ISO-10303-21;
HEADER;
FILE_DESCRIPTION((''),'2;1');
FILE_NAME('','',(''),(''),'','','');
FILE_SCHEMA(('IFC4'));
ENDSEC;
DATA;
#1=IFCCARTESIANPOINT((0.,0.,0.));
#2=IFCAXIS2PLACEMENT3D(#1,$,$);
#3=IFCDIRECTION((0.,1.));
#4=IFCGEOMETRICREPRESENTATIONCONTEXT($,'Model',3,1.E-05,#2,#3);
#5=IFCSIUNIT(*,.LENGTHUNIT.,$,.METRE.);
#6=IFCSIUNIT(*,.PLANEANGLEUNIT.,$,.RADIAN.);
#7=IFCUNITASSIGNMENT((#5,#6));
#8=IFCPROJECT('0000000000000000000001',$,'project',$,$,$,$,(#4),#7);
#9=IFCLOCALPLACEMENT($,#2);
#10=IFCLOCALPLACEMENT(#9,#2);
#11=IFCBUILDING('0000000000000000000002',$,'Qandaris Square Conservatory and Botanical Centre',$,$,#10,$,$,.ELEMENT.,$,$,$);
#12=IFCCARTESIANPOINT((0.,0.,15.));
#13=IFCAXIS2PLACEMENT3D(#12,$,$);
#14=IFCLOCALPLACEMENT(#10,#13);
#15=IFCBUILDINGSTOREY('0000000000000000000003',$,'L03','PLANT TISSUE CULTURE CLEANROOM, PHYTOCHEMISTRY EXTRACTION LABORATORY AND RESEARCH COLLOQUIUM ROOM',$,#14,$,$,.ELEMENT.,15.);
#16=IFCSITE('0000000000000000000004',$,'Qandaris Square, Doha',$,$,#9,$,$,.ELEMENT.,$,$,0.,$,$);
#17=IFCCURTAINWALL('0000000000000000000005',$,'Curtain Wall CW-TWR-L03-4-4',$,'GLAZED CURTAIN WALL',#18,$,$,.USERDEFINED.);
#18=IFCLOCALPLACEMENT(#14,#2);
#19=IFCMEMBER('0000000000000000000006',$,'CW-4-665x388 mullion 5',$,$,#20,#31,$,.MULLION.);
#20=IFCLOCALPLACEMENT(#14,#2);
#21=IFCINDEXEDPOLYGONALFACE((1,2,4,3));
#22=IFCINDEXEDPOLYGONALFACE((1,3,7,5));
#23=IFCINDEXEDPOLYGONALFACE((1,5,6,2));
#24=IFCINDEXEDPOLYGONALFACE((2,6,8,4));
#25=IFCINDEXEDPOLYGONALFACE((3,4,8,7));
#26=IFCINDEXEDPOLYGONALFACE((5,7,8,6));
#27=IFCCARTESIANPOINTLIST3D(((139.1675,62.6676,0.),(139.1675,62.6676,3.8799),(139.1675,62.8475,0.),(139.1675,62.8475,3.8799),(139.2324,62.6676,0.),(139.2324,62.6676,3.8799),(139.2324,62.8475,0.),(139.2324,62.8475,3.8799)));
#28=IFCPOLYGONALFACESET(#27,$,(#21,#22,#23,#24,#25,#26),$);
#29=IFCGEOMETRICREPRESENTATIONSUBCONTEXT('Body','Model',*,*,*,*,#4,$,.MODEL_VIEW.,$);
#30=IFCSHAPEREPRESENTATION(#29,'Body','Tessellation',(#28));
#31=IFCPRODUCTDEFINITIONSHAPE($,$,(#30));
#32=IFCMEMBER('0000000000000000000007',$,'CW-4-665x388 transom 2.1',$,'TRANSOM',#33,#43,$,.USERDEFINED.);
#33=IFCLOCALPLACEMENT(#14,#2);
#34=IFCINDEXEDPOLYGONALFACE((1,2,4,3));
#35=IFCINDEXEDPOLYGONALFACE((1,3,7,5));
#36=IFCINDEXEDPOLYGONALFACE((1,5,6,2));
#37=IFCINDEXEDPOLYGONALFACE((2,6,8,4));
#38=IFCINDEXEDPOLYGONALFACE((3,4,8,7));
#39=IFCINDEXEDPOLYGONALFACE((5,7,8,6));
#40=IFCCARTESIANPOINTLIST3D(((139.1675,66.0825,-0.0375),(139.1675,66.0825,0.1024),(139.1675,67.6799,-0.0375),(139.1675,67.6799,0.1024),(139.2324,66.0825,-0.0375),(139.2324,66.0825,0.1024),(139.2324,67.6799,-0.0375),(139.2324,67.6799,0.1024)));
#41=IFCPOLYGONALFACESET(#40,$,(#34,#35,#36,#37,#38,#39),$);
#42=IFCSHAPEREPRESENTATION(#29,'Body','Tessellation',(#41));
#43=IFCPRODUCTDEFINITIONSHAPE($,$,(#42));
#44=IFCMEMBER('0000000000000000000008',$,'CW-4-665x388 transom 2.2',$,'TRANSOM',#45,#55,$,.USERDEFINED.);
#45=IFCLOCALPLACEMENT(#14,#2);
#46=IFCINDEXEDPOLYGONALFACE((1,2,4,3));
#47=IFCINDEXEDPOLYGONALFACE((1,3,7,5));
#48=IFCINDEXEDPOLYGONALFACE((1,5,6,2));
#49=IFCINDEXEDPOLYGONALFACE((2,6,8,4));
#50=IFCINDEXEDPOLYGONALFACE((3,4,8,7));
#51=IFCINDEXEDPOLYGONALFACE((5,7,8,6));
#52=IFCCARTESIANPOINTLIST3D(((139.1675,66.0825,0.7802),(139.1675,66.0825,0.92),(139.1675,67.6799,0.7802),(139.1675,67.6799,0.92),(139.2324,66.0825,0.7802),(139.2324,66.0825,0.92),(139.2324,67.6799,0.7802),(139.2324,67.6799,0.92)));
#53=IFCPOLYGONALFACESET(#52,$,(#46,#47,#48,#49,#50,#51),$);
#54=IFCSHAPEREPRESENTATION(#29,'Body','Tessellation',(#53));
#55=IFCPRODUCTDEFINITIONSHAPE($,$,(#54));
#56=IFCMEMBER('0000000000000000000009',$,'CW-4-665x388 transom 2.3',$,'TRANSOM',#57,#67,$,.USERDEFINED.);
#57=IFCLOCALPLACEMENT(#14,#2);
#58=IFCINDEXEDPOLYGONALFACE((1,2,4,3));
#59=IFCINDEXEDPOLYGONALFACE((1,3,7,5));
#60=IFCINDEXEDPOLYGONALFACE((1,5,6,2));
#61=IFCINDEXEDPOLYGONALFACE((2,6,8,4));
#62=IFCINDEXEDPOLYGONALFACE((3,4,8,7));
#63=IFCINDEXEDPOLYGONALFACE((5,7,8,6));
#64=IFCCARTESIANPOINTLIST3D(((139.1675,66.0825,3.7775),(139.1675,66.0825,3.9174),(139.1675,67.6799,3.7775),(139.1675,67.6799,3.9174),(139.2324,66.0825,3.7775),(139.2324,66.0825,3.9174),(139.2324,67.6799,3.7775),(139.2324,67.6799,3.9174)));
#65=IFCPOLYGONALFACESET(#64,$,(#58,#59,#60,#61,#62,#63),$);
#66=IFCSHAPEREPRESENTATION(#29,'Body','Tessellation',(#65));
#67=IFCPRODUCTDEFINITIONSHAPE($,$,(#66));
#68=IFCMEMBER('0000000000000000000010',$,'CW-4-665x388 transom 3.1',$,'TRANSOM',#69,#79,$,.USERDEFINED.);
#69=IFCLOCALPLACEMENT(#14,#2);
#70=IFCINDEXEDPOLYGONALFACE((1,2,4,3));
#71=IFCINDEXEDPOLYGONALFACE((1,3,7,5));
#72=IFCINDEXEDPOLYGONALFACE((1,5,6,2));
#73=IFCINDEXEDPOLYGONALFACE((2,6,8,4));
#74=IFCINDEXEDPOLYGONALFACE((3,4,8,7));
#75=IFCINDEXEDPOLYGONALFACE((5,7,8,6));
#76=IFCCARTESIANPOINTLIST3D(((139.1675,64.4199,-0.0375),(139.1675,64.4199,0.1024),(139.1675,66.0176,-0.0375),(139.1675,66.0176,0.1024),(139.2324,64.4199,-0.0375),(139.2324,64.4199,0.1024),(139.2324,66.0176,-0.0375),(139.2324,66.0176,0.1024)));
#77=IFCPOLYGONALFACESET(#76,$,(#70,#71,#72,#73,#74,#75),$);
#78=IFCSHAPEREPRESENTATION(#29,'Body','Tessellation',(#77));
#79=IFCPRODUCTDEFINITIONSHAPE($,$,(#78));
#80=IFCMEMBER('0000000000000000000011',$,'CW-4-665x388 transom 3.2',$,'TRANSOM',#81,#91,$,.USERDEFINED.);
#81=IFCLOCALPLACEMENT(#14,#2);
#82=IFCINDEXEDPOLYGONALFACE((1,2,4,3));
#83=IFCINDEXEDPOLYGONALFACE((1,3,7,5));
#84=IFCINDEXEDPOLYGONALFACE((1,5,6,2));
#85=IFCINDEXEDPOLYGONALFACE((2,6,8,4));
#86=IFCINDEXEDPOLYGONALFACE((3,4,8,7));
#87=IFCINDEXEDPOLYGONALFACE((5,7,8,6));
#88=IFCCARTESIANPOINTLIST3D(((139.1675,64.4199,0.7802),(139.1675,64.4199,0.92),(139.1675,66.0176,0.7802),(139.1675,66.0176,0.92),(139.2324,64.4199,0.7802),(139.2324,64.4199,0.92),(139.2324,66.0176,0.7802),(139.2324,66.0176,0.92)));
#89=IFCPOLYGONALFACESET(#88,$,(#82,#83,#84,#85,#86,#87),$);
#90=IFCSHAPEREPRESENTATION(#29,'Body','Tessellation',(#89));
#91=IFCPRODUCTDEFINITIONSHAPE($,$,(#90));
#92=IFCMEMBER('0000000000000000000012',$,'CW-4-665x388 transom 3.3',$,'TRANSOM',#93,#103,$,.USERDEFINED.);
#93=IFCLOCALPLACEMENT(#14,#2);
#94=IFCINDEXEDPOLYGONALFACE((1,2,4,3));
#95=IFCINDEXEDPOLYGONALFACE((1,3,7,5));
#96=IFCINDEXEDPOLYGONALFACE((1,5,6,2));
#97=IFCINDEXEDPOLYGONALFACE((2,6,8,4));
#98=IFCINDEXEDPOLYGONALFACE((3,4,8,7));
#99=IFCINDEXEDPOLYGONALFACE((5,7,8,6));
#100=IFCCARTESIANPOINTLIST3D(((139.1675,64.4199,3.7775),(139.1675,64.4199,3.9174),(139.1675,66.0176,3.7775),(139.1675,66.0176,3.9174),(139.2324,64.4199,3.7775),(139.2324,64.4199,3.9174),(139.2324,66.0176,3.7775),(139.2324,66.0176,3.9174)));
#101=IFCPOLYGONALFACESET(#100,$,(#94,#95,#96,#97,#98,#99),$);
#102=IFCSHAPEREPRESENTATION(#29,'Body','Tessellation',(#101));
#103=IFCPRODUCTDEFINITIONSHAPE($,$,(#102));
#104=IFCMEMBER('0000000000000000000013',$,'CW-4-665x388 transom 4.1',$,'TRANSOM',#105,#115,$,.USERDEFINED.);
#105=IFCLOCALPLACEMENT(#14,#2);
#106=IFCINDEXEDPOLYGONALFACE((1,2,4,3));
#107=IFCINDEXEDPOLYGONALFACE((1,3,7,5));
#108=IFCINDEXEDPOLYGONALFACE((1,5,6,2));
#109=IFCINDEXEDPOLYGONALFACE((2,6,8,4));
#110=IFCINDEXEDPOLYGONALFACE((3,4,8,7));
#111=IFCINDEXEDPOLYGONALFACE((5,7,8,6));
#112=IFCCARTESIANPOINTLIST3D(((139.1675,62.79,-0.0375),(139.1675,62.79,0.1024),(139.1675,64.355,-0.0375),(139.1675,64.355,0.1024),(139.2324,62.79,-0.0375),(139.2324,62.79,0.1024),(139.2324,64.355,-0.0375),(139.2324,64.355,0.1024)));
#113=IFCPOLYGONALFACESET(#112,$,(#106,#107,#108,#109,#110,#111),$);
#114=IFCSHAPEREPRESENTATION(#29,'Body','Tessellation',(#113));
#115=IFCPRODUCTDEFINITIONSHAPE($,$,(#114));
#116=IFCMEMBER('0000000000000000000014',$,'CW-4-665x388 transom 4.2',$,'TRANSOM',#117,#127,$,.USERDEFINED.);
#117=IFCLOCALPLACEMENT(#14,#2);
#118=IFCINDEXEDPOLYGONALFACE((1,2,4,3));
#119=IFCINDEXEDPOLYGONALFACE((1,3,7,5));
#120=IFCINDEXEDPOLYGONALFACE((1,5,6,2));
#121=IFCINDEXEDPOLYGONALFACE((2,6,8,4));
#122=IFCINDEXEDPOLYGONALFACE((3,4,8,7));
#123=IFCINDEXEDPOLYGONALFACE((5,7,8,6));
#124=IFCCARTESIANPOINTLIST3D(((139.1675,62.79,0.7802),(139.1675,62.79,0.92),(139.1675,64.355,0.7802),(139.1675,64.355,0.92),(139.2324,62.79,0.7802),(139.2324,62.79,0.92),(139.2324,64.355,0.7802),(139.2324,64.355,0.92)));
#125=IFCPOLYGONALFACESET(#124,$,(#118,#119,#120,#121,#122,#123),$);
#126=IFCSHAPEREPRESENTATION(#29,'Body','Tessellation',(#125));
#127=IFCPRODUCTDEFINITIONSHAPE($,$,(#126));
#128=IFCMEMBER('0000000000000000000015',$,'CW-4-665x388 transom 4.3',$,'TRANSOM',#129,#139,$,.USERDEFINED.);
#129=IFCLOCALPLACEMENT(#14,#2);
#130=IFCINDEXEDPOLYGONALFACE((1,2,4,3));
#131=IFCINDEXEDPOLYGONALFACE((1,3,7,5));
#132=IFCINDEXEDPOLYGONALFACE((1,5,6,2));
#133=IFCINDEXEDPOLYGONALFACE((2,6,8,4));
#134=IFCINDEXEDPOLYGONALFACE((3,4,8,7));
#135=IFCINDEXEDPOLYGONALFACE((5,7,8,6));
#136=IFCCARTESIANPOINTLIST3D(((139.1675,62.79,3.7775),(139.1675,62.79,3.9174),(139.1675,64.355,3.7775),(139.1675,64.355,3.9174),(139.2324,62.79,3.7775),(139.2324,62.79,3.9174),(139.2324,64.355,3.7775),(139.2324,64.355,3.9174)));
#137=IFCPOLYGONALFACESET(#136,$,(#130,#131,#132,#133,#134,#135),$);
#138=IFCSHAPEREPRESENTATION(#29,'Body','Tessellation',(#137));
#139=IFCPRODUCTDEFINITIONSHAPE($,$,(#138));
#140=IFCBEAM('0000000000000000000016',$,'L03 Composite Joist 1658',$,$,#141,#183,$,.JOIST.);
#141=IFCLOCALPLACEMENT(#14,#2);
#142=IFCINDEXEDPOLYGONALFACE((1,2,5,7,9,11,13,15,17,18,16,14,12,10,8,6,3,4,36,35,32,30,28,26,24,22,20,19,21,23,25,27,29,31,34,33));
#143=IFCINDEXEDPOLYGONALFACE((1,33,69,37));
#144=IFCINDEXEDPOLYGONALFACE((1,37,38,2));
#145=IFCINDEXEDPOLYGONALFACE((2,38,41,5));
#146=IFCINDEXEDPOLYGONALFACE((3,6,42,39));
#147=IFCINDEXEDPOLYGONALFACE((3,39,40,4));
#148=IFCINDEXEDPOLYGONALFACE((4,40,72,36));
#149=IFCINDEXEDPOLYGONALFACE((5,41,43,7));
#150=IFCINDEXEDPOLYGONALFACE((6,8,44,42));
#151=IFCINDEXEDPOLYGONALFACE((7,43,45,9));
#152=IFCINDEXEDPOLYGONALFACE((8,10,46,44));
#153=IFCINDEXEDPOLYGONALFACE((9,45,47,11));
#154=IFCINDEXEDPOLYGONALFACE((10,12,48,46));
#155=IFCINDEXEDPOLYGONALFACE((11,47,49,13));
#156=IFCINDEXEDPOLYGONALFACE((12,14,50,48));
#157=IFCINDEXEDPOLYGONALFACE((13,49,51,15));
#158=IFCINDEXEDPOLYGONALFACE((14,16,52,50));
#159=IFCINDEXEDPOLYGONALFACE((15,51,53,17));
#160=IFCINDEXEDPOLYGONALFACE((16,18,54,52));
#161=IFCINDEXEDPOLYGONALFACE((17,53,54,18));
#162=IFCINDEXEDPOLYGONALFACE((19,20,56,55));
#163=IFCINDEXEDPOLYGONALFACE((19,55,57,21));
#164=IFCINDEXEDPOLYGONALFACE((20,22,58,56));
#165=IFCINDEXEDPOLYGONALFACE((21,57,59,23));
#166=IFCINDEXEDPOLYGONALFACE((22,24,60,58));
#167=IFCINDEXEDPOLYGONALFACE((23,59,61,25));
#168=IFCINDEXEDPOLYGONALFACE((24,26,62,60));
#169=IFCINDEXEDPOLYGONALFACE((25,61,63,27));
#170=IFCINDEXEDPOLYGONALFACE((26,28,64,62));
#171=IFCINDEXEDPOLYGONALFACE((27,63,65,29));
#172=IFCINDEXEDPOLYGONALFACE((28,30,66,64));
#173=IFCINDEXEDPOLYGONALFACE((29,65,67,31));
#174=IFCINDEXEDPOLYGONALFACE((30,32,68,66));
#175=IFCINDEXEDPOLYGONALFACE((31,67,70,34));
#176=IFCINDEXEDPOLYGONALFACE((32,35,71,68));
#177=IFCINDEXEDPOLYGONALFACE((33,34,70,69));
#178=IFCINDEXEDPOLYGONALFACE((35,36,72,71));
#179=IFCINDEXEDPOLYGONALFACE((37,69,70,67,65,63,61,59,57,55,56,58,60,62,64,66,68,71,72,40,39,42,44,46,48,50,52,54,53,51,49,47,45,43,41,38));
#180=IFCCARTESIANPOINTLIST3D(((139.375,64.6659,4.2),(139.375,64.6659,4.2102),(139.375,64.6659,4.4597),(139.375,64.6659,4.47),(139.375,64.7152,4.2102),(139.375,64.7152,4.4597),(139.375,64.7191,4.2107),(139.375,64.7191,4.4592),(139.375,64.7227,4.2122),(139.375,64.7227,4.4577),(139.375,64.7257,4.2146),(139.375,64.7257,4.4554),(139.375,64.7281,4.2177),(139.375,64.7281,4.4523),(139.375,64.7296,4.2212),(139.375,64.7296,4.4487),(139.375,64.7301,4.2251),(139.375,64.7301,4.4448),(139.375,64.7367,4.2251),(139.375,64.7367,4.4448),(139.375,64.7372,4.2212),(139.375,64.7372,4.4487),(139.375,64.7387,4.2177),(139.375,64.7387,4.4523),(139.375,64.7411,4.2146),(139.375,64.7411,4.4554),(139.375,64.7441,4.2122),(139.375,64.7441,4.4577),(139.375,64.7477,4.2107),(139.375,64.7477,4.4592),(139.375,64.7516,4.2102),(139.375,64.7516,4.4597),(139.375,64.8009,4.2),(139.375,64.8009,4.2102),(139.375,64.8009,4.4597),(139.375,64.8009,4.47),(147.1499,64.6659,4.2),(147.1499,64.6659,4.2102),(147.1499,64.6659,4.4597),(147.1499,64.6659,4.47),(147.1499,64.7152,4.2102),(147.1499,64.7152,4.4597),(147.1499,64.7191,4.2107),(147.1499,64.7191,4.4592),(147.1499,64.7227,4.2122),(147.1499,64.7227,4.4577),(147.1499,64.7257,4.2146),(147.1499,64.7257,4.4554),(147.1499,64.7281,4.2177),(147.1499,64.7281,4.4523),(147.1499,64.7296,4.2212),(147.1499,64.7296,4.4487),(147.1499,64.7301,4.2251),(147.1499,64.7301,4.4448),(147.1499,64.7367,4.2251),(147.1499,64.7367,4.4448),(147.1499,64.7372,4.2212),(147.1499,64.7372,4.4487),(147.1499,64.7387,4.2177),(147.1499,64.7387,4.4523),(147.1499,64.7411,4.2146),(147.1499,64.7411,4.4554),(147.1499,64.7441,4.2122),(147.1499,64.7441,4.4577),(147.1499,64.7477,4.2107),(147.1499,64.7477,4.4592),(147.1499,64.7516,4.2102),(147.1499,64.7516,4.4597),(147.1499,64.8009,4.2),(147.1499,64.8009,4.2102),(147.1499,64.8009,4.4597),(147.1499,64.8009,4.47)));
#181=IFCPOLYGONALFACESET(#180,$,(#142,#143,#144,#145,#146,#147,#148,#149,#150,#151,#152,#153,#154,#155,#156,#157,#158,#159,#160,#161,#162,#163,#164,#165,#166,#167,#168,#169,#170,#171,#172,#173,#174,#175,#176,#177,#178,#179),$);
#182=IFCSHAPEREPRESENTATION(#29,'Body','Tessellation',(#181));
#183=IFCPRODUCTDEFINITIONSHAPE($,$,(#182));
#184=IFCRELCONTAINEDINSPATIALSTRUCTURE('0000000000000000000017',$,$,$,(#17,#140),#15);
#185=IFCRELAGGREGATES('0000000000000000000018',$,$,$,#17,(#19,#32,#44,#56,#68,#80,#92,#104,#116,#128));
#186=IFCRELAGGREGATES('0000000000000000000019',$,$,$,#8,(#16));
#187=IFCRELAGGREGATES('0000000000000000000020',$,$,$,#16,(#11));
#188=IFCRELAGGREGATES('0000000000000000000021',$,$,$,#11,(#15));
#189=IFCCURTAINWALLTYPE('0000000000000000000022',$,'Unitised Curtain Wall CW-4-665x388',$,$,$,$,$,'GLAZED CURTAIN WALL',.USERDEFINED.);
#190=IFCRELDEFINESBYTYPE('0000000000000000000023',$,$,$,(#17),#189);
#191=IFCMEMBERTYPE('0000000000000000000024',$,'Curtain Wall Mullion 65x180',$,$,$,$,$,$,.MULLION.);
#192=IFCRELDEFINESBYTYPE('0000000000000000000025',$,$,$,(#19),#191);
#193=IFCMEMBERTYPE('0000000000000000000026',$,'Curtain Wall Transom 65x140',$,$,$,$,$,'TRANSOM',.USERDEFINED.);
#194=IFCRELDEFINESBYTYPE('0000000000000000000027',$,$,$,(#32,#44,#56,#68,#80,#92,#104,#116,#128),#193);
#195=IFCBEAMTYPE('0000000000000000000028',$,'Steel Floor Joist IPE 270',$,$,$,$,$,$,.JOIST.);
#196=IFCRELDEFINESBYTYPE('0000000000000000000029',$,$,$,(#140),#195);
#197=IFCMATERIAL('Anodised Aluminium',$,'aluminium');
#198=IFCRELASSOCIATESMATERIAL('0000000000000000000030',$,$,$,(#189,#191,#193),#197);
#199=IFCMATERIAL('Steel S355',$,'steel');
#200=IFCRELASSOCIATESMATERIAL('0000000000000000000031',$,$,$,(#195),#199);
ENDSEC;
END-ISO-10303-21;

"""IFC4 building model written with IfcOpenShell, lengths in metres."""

from ifc_helpers import new_model, si_unit, direction, frame, origin, origin_2d, place, context, subcontext, project, spatial, rectangle, i_section, extrude, material, material_profile, profile_set, type_object, element, aggregate, save


model = new_model("IFC4")

# Units and contexts
model_context = context("Model", 3, precision=1e-05, world=origin(), true_north=direction((0.0, 1.0)))
body_context = subcontext(model_context, "Body", "Model", "MODEL_VIEW")
ifc_project = project(units=[si_unit("LENGTHUNIT", "METRE"), si_unit("PLANEANGLEUNIT", "RADIAN")], contexts=[model_context])

# Site, building, storey
site_placement = place(None, origin())
site = spatial("IfcSite", under=ifc_project, at=site_placement, Name="Qandaris Square, Doha", CompositionType="ELEMENT", RefElevation=0.0)
building_placement = place(site_placement, origin())
building = spatial("IfcBuilding", under=site, at=building_placement, Name="Qandaris Square Conservatory and Botanical Centre", CompositionType="ELEMENT")
storey_placement = place(building_placement, frame((0.0, 0.0, 15.0)))
storey = spatial("IfcBuildingStorey", under=building, at=storey_placement, Name="L03", Description="PLANT TISSUE CULTURE CLEANROOM, PHYTOCHEMISTRY EXTRACTION LABORATORY AND RESEARCH COLLOQUIUM ROOM", CompositionType="ELEMENT", Elevation=15.0)

# Shared definitions
ifc_material_1 = material(Name="Steel S355", Category="steel")

# Curtain wall, members
ifc_material_2 = material(Name="Anodised Aluminium", Category="aluminium")
curtain_wall_type = type_object("IfcCurtainWallType", Name="Unitised Curtain Wall CW-4-665x388", ElementType="GLAZED CURTAIN WALL", PredefinedType="USERDEFINED", material=ifc_material_2)
curtain_wall_placement = place(storey_placement, origin())
curtain_wall = element("IfcCurtainWall", 1, at=curtain_wall_placement, inside=storey, type_object=curtain_wall_type, Name="Curtain Wall CW-TWR-L03-4-4", ObjectType="GLAZED CURTAIN WALL", PredefinedType="USERDEFINED")
ifc_material_profile_1 = material_profile(ifc_material_2, rectangle(XDim=0.0649, YDim=0.1799, at=origin_2d()), Name="ALU-MUL 65x180")
ifc_profile_set_1 = profile_set([ifc_material_profile_1], Name="Anodised Aluminium")
member_type_1 = type_object("IfcMemberType", Name="Curtain Wall Mullion 65x180", PredefinedType="MULLION", material=ifc_profile_set_1)
member_1_placement = place(storey_placement, frame((139.2, 62.7576, 0.0), z_axis=(0.0, 0.0, 1.0), x_axis=(1.0, 0.0, 0.0)))
member_1 = element("IfcMember", 2, at=member_1_placement, type_object=member_type_1, Name="CW-4-665x388 mullion 5", PredefinedType="MULLION", context=body_context, shape_type="SweptSolid", body=[
    extrude(rectangle(XDim=0.0649, YDim=0.1799, at=origin_2d()), origin(), (0.0, 0.0, 1.0), 3.8799),
])
ifc_material_profile_2 = material_profile(ifc_material_2, rectangle(XDim=0.0649, YDim=0.1399, at=origin_2d()), Name="ALU-TRN 65x140")
ifc_profile_set_2 = profile_set([ifc_material_profile_2], Name="Anodised Aluminium")
member_type_2 = type_object("IfcMemberType", Name="Curtain Wall Transom 65x140", ElementType="TRANSOM", PredefinedType="USERDEFINED", material=ifc_profile_set_2)
member_2_placement = place(storey_placement, frame((139.2, 67.6799, 0.0325), z_axis=(0.0, -1.0, 0.0), x_axis=(1.0, 0.0, 0.0)))
member_2 = element("IfcMember", 3, at=member_2_placement, type_object=member_type_2, Name="CW-4-665x388 transom 2.1", ObjectType="TRANSOM", PredefinedType="USERDEFINED", context=body_context, shape_type="SweptSolid", body=[
    extrude(rectangle(XDim=0.0649, YDim=0.1399, at=origin_2d()), origin(), (0.0, 0.0, 1.0), 1.5974),
])
member_3_placement = place(storey_placement, frame((139.2, 67.6799, 0.8501), z_axis=(0.0, -1.0, 0.0), x_axis=(1.0, 0.0, 0.0)))
member_3 = element("IfcMember", 4, at=member_3_placement, type_object=member_type_2, Name="CW-4-665x388 transom 2.2", ObjectType="TRANSOM", PredefinedType="USERDEFINED", context=body_context, shape_type="SweptSolid", body=[
    extrude(rectangle(XDim=0.0649, YDim=0.1399, at=origin_2d()), origin(), (0.0, 0.0, 1.0), 1.5974),
])
member_4_placement = place(storey_placement, frame((139.2, 67.6799, 3.8474), z_axis=(0.0, -1.0, 0.0), x_axis=(1.0, 0.0, 0.0)))
member_4 = element("IfcMember", 5, at=member_4_placement, type_object=member_type_2, Name="CW-4-665x388 transom 2.3", ObjectType="TRANSOM", PredefinedType="USERDEFINED", context=body_context, shape_type="SweptSolid", body=[
    extrude(rectangle(XDim=0.0649, YDim=0.1399, at=origin_2d()), origin(), (0.0, 0.0, 1.0), 1.5974),
])
member_5_placement = place(storey_placement, frame((139.2, 66.0176, 0.0325), z_axis=(0.0, -1.0, 0.0), x_axis=(1.0, 0.0, 0.0)))
member_5 = element("IfcMember", 6, at=member_5_placement, type_object=member_type_2, Name="CW-4-665x388 transom 3.1", ObjectType="TRANSOM", PredefinedType="USERDEFINED", context=body_context, shape_type="SweptSolid", body=[
    extrude(rectangle(XDim=0.0649, YDim=0.1399, at=origin_2d()), origin(), (0.0, 0.0, 1.0), 1.5977),
])
member_6_placement = place(storey_placement, frame((139.2, 66.0176, 0.8501), z_axis=(0.0, -1.0, 0.0), x_axis=(1.0, 0.0, 0.0)))
member_6 = element("IfcMember", 7, at=member_6_placement, type_object=member_type_2, Name="CW-4-665x388 transom 3.2", ObjectType="TRANSOM", PredefinedType="USERDEFINED", context=body_context, shape_type="SweptSolid", body=[
    extrude(rectangle(XDim=0.0649, YDim=0.1399, at=origin_2d()), origin(), (0.0, 0.0, 1.0), 1.5977),
])
member_7_placement = place(storey_placement, frame((139.2, 66.0176, 3.8474), z_axis=(0.0, -1.0, 0.0), x_axis=(1.0, 0.0, 0.0)))
member_7 = element("IfcMember", 8, at=member_7_placement, type_object=member_type_2, Name="CW-4-665x388 transom 3.3", ObjectType="TRANSOM", PredefinedType="USERDEFINED", context=body_context, shape_type="SweptSolid", body=[
    extrude(rectangle(XDim=0.0649, YDim=0.1399, at=origin_2d()), origin(), (0.0, 0.0, 1.0), 1.5977),
])
member_8_placement = place(storey_placement, frame((139.2, 64.355, 0.0325), z_axis=(0.0, -1.0, 0.0), x_axis=(1.0, 0.0, 0.0)))
member_8 = element("IfcMember", 9, at=member_8_placement, type_object=member_type_2, Name="CW-4-665x388 transom 4.1", ObjectType="TRANSOM", PredefinedType="USERDEFINED", context=body_context, shape_type="SweptSolid", body=[
    extrude(rectangle(XDim=0.0649, YDim=0.1399, at=origin_2d()), origin(), (0.0, 0.0, 1.0), 1.5649),
])
member_9_placement = place(storey_placement, frame((139.2, 64.355, 0.8501), z_axis=(0.0, -1.0, 0.0), x_axis=(1.0, 0.0, 0.0)))
member_9 = element("IfcMember", 10, at=member_9_placement, type_object=member_type_2, Name="CW-4-665x388 transom 4.2", ObjectType="TRANSOM", PredefinedType="USERDEFINED", context=body_context, shape_type="SweptSolid", body=[
    extrude(rectangle(XDim=0.0649, YDim=0.1399, at=origin_2d()), origin(), (0.0, 0.0, 1.0), 1.5649),
])
member_10_placement = place(storey_placement, frame((139.2, 64.355, 3.8474), z_axis=(0.0, -1.0, 0.0), x_axis=(1.0, 0.0, 0.0)))
member_10 = element("IfcMember", 11, at=member_10_placement, type_object=member_type_2, Name="CW-4-665x388 transom 4.3", ObjectType="TRANSOM", PredefinedType="USERDEFINED", context=body_context, shape_type="SweptSolid", body=[
    extrude(rectangle(XDim=0.0649, YDim=0.1399, at=origin_2d()), origin(), (0.0, 0.0, 1.0), 1.5649),
])

# Beam
ifc_material_profile_3 = material_profile(ifc_material_1, i_section(OverallWidth=0.135, OverallDepth=0.27, WebThickness=0.0066, FlangeThickness=0.0103, FilletRadius=0.0149, at=origin_2d()), Name="IPE 270")
ifc_profile_set_3 = profile_set([ifc_material_profile_3], Name="Steel S355")
beam_type_1 = type_object("IfcBeamType", Name="Steel Floor Joist IPE 270", PredefinedType="JOIST", material=ifc_profile_set_3)
beam_1_placement = place(storey_placement, frame((139.375, 64.7334, 4.335), z_axis=(1.0, 0.0, 0.0), x_axis=(0.0, 1.0, 0.0)))
element("IfcBeam", 12, at=beam_1_placement, inside=storey, type_object=beam_type_1, Name="L03 Composite Joist 1658", PredefinedType="JOIST", context=body_context, shape_type="SweptSolid", body=[
    extrude(i_section(OverallWidth=0.135, OverallDepth=0.27, WebThickness=0.0066, FlangeThickness=0.0103, FilletRadius=0.0149, at=origin_2d()), origin(), (0.0, 0.0, 1.0), 7.7749),
])

aggregate(curtain_wall, [member_1, member_2, member_3, member_4, member_5, member_6, member_7, member_8, member_9, member_10])

save(model, "model.ifc")
